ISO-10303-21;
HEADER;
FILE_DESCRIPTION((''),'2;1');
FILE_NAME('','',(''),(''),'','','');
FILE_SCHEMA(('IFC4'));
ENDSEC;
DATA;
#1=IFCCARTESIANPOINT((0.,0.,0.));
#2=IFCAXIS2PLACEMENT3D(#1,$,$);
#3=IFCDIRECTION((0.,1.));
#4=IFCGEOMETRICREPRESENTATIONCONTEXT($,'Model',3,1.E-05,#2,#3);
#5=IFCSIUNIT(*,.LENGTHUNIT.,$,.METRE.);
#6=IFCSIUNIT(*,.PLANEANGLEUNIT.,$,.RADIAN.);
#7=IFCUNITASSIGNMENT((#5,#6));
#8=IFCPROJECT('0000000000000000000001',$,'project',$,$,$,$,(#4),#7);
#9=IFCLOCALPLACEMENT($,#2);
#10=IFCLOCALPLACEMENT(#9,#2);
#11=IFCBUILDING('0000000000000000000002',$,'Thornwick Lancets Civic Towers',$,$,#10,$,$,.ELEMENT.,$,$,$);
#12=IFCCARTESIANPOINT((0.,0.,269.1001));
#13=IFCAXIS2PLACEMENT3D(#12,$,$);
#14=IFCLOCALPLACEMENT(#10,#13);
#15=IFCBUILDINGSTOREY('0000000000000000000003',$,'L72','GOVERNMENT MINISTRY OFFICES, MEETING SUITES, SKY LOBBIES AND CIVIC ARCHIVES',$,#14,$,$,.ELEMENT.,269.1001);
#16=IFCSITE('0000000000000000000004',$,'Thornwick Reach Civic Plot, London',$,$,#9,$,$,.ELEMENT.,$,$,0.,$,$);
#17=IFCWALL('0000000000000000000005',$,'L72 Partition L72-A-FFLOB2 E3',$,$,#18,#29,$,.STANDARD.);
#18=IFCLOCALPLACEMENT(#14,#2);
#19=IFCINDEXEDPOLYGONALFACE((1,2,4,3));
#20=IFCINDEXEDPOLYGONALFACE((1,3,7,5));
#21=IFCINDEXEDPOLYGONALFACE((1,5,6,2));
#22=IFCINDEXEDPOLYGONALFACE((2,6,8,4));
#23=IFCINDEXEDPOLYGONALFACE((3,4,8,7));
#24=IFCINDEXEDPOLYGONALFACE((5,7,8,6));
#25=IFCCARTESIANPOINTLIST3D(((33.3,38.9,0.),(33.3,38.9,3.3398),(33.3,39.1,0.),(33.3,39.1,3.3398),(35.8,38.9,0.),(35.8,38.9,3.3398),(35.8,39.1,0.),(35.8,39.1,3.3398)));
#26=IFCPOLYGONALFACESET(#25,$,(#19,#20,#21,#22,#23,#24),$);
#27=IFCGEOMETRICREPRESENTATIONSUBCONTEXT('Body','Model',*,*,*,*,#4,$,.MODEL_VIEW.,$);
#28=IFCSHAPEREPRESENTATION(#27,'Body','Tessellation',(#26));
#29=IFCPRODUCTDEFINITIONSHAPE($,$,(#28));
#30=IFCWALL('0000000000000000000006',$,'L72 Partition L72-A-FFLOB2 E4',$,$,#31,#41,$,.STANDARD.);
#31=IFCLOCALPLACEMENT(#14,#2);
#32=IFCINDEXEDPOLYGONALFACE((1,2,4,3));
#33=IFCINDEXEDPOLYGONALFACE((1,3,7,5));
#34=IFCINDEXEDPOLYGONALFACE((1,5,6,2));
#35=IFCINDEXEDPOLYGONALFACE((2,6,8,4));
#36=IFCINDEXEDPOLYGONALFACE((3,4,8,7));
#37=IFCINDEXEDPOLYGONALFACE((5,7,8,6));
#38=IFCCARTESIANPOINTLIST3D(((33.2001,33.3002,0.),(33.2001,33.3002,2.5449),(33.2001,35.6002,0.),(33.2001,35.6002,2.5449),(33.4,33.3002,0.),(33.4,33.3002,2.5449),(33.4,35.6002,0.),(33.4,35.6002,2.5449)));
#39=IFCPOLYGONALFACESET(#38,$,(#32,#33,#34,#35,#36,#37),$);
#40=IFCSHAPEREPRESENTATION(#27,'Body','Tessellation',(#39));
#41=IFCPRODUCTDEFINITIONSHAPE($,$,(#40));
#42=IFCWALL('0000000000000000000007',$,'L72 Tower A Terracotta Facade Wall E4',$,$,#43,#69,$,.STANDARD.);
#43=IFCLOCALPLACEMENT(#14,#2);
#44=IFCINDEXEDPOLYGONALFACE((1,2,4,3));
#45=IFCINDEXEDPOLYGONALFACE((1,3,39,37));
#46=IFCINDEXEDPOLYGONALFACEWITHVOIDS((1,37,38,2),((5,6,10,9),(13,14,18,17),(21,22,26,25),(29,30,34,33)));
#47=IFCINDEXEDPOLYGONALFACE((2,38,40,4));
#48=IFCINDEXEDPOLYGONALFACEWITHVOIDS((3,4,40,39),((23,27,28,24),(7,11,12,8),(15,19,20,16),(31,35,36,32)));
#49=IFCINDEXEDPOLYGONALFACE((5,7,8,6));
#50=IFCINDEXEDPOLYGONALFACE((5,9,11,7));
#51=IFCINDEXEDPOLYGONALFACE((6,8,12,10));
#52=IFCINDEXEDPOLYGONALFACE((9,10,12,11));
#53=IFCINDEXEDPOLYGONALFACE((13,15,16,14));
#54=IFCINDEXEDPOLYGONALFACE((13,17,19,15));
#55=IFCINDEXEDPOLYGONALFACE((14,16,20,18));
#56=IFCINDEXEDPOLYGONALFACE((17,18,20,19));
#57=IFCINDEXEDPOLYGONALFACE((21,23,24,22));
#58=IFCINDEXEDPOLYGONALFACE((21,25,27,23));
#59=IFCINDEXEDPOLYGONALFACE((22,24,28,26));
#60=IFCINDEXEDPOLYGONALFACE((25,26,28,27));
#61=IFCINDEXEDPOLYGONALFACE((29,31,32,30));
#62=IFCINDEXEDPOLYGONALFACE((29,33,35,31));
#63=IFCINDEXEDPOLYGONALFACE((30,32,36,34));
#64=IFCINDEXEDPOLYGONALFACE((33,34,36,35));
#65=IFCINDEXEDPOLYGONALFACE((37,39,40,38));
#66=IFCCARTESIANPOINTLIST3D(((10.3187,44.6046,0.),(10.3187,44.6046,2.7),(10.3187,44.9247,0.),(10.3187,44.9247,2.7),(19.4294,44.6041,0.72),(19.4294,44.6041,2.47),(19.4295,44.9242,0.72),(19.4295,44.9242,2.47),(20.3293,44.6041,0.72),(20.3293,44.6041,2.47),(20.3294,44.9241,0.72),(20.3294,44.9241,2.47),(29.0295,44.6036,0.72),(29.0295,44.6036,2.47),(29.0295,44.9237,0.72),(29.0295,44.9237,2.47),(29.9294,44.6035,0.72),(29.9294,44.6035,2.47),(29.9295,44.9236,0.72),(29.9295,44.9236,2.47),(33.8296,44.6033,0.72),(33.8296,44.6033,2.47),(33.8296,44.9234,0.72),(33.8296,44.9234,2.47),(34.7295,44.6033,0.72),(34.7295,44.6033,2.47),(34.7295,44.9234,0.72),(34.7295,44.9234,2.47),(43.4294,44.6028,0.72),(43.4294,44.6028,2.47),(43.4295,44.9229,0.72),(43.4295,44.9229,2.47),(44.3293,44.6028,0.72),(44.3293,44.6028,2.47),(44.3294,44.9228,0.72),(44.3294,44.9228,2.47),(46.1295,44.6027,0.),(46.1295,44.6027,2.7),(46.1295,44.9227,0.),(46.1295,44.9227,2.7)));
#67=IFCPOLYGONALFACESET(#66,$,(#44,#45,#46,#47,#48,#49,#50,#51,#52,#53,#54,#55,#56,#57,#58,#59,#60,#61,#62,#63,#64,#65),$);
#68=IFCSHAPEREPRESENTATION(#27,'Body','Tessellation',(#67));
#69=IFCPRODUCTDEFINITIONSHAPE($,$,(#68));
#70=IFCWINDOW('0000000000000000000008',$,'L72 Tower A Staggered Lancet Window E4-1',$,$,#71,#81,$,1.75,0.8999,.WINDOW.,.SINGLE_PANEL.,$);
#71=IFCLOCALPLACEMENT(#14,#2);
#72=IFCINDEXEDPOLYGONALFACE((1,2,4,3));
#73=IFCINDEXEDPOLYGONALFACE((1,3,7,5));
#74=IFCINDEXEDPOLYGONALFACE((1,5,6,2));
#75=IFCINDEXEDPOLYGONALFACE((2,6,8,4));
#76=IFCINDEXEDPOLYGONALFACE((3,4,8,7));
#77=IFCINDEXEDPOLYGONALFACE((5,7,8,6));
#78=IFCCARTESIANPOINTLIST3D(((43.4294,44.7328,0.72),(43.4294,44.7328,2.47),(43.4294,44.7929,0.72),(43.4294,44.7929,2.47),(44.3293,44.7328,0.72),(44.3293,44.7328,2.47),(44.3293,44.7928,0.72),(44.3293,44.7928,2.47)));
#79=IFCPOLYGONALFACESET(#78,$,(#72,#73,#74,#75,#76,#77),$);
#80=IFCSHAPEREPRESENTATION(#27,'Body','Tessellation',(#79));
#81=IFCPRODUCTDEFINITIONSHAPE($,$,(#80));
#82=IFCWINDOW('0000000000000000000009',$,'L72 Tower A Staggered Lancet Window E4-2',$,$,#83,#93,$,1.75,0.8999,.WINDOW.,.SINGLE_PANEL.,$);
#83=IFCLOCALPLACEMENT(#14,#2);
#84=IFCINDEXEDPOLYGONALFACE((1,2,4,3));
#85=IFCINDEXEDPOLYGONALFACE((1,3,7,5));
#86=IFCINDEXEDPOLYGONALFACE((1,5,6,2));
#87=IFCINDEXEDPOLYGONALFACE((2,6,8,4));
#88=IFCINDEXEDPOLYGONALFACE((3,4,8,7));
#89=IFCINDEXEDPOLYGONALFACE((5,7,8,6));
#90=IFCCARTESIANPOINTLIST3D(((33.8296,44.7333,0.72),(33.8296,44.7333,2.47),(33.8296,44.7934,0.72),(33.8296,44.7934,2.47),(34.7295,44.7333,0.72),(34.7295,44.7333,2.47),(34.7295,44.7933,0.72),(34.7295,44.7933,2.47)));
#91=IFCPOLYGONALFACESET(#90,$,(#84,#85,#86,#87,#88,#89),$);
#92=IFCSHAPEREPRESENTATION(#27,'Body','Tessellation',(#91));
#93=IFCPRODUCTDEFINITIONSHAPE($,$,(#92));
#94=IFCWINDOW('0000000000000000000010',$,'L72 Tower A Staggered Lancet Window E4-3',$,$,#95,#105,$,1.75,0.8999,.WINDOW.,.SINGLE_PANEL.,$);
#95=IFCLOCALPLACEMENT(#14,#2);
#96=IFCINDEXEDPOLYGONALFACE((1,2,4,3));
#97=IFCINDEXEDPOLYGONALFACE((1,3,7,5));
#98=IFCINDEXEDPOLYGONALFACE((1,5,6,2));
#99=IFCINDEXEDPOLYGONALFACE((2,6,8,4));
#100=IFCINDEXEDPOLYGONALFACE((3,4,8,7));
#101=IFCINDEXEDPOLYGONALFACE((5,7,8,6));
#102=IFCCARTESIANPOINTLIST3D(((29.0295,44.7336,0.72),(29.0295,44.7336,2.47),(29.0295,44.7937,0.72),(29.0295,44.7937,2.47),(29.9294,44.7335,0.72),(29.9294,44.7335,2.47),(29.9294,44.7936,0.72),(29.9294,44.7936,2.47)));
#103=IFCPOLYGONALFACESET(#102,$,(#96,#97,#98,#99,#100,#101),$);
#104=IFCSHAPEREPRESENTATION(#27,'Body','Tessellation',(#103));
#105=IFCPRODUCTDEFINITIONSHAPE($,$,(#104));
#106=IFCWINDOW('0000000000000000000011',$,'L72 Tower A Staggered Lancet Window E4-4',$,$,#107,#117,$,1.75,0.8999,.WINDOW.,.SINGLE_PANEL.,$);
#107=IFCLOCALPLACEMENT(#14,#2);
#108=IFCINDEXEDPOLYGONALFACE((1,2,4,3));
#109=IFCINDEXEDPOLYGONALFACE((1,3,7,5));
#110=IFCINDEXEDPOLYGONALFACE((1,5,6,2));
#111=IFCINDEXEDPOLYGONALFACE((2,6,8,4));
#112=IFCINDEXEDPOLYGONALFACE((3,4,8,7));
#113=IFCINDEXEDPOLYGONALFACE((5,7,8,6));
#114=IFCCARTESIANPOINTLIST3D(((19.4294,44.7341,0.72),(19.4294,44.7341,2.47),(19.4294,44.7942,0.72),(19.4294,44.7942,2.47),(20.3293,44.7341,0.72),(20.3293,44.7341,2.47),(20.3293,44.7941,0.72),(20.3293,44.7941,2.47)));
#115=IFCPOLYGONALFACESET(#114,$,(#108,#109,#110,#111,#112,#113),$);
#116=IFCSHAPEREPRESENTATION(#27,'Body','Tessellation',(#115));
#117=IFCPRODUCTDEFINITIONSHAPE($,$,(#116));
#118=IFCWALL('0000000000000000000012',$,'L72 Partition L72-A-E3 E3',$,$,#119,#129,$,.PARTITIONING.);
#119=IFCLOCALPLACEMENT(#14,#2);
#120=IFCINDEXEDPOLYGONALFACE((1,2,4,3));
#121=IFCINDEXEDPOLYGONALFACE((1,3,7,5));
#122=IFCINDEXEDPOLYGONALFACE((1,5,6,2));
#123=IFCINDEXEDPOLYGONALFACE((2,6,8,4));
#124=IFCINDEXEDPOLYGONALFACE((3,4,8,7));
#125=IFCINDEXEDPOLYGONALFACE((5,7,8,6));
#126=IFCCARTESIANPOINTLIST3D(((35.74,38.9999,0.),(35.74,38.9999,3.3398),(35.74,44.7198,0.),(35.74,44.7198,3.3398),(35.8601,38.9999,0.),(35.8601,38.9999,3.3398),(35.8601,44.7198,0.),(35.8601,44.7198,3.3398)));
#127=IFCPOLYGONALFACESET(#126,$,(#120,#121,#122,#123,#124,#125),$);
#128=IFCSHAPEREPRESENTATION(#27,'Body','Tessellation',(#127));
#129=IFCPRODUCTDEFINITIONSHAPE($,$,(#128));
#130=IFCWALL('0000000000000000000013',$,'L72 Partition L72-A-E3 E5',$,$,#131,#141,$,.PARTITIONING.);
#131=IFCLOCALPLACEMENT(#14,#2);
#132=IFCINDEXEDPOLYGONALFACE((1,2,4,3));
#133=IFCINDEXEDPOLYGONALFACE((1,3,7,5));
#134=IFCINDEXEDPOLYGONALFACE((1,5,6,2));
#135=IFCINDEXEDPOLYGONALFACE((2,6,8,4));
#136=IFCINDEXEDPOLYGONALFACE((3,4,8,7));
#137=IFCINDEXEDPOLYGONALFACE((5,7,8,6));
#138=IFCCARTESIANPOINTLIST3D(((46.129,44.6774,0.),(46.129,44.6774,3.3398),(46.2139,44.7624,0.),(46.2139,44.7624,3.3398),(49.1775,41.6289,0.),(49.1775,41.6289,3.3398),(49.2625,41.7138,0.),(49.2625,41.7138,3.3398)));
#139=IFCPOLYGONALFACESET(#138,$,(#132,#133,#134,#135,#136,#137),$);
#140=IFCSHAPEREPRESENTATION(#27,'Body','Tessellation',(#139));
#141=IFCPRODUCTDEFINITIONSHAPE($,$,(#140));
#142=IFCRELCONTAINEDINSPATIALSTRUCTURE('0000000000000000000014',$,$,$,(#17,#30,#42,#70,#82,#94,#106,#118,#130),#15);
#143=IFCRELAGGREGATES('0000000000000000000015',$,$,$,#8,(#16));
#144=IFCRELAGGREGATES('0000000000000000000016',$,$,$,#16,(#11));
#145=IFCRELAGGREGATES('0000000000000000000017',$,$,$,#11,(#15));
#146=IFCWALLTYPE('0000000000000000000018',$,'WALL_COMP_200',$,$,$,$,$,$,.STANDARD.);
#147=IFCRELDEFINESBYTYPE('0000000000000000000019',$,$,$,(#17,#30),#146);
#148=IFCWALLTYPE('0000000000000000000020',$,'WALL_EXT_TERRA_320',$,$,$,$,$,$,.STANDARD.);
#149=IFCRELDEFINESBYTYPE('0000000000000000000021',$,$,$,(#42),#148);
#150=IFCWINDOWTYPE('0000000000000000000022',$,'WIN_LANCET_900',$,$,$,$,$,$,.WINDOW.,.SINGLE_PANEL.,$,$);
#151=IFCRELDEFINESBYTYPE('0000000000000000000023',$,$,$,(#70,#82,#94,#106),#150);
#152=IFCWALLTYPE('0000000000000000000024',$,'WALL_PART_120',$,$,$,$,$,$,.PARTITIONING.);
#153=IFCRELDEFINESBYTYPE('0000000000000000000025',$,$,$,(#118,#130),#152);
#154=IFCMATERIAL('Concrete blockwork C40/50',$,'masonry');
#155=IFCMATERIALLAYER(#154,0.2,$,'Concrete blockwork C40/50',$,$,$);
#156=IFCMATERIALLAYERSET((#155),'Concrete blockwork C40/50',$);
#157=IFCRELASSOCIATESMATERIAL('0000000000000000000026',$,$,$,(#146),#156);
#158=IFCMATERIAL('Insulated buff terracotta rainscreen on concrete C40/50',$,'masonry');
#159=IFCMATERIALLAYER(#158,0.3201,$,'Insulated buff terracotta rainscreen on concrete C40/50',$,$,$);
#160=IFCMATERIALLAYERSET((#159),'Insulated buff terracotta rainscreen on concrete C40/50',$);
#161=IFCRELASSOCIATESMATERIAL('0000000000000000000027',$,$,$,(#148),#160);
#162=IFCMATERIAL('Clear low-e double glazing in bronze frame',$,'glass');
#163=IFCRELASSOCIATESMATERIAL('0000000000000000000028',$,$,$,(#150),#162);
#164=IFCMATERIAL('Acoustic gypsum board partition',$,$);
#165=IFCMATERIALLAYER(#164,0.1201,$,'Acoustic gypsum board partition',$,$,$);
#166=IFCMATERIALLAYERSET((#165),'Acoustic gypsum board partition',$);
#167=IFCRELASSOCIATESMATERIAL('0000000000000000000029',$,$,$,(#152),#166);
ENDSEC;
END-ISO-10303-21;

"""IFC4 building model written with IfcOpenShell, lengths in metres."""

from ifc_helpers import new_model, si_unit, direction, frame, frame_2d, origin, place, context, subcontext, project, spatial, rectangle, extrude, material, layer, layer_set, type_object, element, fill, save


model = new_model("IFC4")

# Units and contexts
model_context = context("Model", 3, precision=1e-05, world=origin(), true_north=direction((0.0, 1.0)))
body_context = subcontext(model_context, "Body", "Model", "MODEL_VIEW")
ifc_project = project(units=[si_unit("LENGTHUNIT", "METRE"), si_unit("PLANEANGLEUNIT", "RADIAN")], contexts=[model_context])

# Site, building, storey
site_placement = place(None, origin())
site = spatial("IfcSite", under=ifc_project, at=site_placement, Name="Thornwick Reach Civic Plot, London", CompositionType="ELEMENT", RefElevation=0.0)
building_placement = place(site_placement, origin())
building = spatial("IfcBuilding", under=site, at=building_placement, Name="Thornwick Lancets Civic Towers", CompositionType="ELEMENT")
storey_placement = place(building_placement, frame((0.0, 0.0, 269.1001)))
storey = spatial("IfcBuildingStorey", under=building, at=storey_placement, Name="L72", Description="GOVERNMENT MINISTRY OFFICES, MEETING SUITES, SKY LOBBIES AND CIVIC ARCHIVES", CompositionType="ELEMENT", Elevation=269.1001)

# Walls
ifc_material_1 = material(Name="Concrete blockwork C40/50", Category="masonry")
ifc_layer_1 = layer(ifc_material_1, 0.2, Name="Concrete blockwork C40/50")
ifc_layer_set_1 = layer_set([ifc_layer_1], Name="Concrete blockwork C40/50")
wall_type_1 = type_object("IfcWallType", Name="WALL_COMP_200", PredefinedType="STANDARD", material=ifc_layer_set_1)
wall_1_placement = place(storey_placement, frame((35.8, 39.0, 0.0), z_axis=(0.0, 0.0, 1.0), x_axis=(-1.0, 0.0, 0.0)))
element("IfcWall", 1, at=wall_1_placement, inside=storey, type_object=wall_type_1, Name="L72 Partition L72-A-FFLOB2 E3", PredefinedType="STANDARD", context=body_context, shape_type="SweptSolid", body=[
    extrude(rectangle(XDim=2.5, YDim=0.2, at=frame_2d((1.25, 0.0))), origin(), (0.0, 0.0, 1.0), 3.3398),
])
wall_2_placement = place(storey_placement, frame((33.3, 35.6001, 0.0), z_axis=(0.0, 0.0, 1.0), x_axis=(0.0, -1.0, 0.0)))
element("IfcWall", 2, at=wall_2_placement, inside=storey, type_object=wall_type_1, Name="L72 Partition L72-A-FFLOB2 E4", PredefinedType="STANDARD", context=body_context, shape_type="SweptSolid", body=[
    extrude(rectangle(XDim=2.3, YDim=0.2, at=frame_2d((1.1499, 0.0))), origin(), (0.0, 0.0, 1.0), 2.5449),
])

# Wall, openings, windows
ifc_material_2 = material(Name="Insulated buff terracotta rainscreen on concrete C40/50", Category="masonry")
ifc_layer_2 = layer(ifc_material_2, 0.3201, Name="Insulated buff terracotta rainscreen on concrete C40/50")
ifc_layer_set_2 = layer_set([ifc_layer_2], Name="Insulated buff terracotta rainscreen on concrete C40/50")
wall_type_2 = type_object("IfcWallType", Name="WALL_EXT_TERRA_320", PredefinedType="STANDARD", material=ifc_layer_set_2)
wall_3_placement = place(storey_placement, frame((46.1294, 44.7627, 0.0), z_axis=(0.0, 0.0, 1.0), x_axis=(-1.0, 0.000055, 0.0)))
wall_3 = element("IfcWall", 3, at=wall_3_placement, inside=storey, type_object=wall_type_2, Name="L72 Tower A Terracotta Facade Wall E4", PredefinedType="STANDARD", context=body_context, shape_type="SweptSolid", body=[
    extrude(rectangle(XDim=35.8108, YDim=0.3201, at=frame_2d((17.9053, 0.0))), origin(), (0.0, 0.0, 1.0), 2.7),
])
opening_1_placement = place(wall_3_placement, frame((1.8, 0.0, 0.72)))
opening_1 = element("IfcOpeningElement", 4, at=opening_1_placement, cuts=wall_3, PredefinedType="OPENING", context=body_context, shape_type="SweptSolid", body=[
    extrude(rectangle(XDim=0.8999, YDim=1.75, at=frame_2d((0.45, 0.875))), frame((0.0, 0.1699, 0.0), z_axis=(0.0, -1.0, 0.0), x_axis=(1.0, 0.0, 0.0)), (0.0, 0.0, 1.0), 0.3401),
])
opening_2_placement = place(wall_3_placement, frame((11.3999, 0.0, 0.72)))
opening_2 = element("IfcOpeningElement", 5, at=opening_2_placement, cuts=wall_3, PredefinedType="OPENING", context=body_context, shape_type="SweptSolid", body=[
    extrude(rectangle(XDim=0.8999, YDim=1.75, at=frame_2d((0.45, 0.875))), frame((0.0, 0.1699, 0.0), z_axis=(0.0, -1.0, 0.0), x_axis=(1.0, 0.0, 0.0)), (0.0, 0.0, 1.0), 0.3401),
])
opening_3_placement = place(wall_3_placement, frame((16.2, 0.0, 0.72)))
opening_3 = element("IfcOpeningElement", 6, at=opening_3_placement, cuts=wall_3, PredefinedType="OPENING", context=body_context, shape_type="SweptSolid", body=[
    extrude(rectangle(XDim=0.8999, YDim=1.75, at=frame_2d((0.45, 0.875))), frame((0.0, 0.1699, 0.0), z_axis=(0.0, -1.0, 0.0), x_axis=(1.0, 0.0, 0.0)), (0.0, 0.0, 1.0), 0.3401),
])
opening_4_placement = place(wall_3_placement, frame((25.8, 0.0, 0.72)))
opening_4 = element("IfcOpeningElement", 7, at=opening_4_placement, cuts=wall_3, PredefinedType="OPENING", context=body_context, shape_type="SweptSolid", body=[
    extrude(rectangle(XDim=0.8999, YDim=1.75, at=frame_2d((0.45, 0.875))), frame((0.0, 0.1699, 0.0), z_axis=(0.0, -1.0, 0.0), x_axis=(1.0, 0.0, 0.0)), (0.0, 0.0, 1.0), 0.3401),
])
ifc_material_3 = material(Name="Clear low-e double glazing in bronze frame", Category="glass")
window_type = type_object("IfcWindowType", Name="WIN_LANCET_900", PartitioningType="SINGLE_PANEL", PredefinedType="WINDOW", material=ifc_material_3)
window_1_placement = place(opening_1_placement, origin())
window_1 = element("IfcWindow", 8, at=window_1_placement, inside=storey, type_object=window_type, Name="L72 Tower A Staggered Lancet Window E4-1", OverallHeight=1.75, OverallWidth=0.8999, PartitioningType="SINGLE_PANEL", PredefinedType="WINDOW", context=body_context, shape_type="SweptSolid", body=[
    extrude(rectangle(XDim=0.8999, YDim=1.75, at=frame_2d((0.45, 0.875))), frame((0.0, 0.03, 0.0), z_axis=(0.0, -1.0, 0.0), x_axis=(1.0, 0.0, 0.0)), (0.0, 0.0, 1.0), 0.0601),
])
fill(opening_1, window_1)
window_2_placement = place(opening_2_placement, origin())
window_2 = element("IfcWindow", 9, at=window_2_placement, inside=storey, type_object=window_type, Name="L72 Tower A Staggered Lancet Window E4-2", OverallHeight=1.75, OverallWidth=0.8999, PartitioningType="SINGLE_PANEL", PredefinedType="WINDOW", context=body_context, shape_type="SweptSolid", body=[
    extrude(rectangle(XDim=0.8999, YDim=1.75, at=frame_2d((0.45, 0.875))), frame((0.0, 0.03, 0.0), z_axis=(0.0, -1.0, 0.0), x_axis=(1.0, 0.0, 0.0)), (0.0, 0.0, 1.0), 0.0601),
])
fill(opening_2, window_2)
window_3_placement = place(opening_3_placement, origin())
window_3 = element("IfcWindow", 10, at=window_3_placement, inside=storey, type_object=window_type, Name="L72 Tower A Staggered Lancet Window E4-3", OverallHeight=1.75, OverallWidth=0.8999, PartitioningType="SINGLE_PANEL", PredefinedType="WINDOW", context=body_context, shape_type="SweptSolid", body=[
    extrude(rectangle(XDim=0.8999, YDim=1.75, at=frame_2d((0.45, 0.875))), frame((0.0, 0.03, 0.0), z_axis=(0.0, -1.0, 0.0), x_axis=(1.0, 0.0, 0.0)), (0.0, 0.0, 1.0), 0.0601),
])
fill(opening_3, window_3)
window_4_placement = place(opening_4_placement, origin())
window_4 = element("IfcWindow", 11, at=window_4_placement, inside=storey, type_object=window_type, Name="L72 Tower A Staggered Lancet Window E4-4", OverallHeight=1.75, OverallWidth=0.8999, PartitioningType="SINGLE_PANEL", PredefinedType="WINDOW", context=body_context, shape_type="SweptSolid", body=[
    extrude(rectangle(XDim=0.8999, YDim=1.75, at=frame_2d((0.45, 0.875))), frame((0.0, 0.03, 0.0), z_axis=(0.0, -1.0, 0.0), x_axis=(1.0, 0.0, 0.0)), (0.0, 0.0, 1.0), 0.0601),
])
fill(opening_4, window_4)

# Walls
ifc_material_4 = material(Name="Acoustic gypsum board partition")
ifc_layer_3 = layer(ifc_material_4, 0.1201, Name="Acoustic gypsum board partition")
ifc_layer_set_3 = layer_set([ifc_layer_3], Name="Acoustic gypsum board partition")
wall_type_3 = type_object("IfcWallType", Name="WALL_PART_120", PredefinedType="PARTITIONING", material=ifc_layer_set_3)
wall_4_placement = place(storey_placement, frame((35.8, 39.0, 0.0), z_axis=(0.0, 0.0, 1.0), x_axis=(0.0, 1.0, 0.0)))
element("IfcWall", 12, at=wall_4_placement, inside=storey, type_object=wall_type_3, Name="L72 Partition L72-A-E3 E3", PredefinedType="PARTITIONING", context=body_context, shape_type="SweptSolid", body=[
    extrude(rectangle(XDim=5.72, YDim=0.1201, at=frame_2d((2.8599, 0.0))), origin(), (0.0, 0.0, 1.0), 3.3398),
])
wall_5_placement = place(storey_placement, frame((46.1714, 44.72, 0.0), z_axis=(0.0, 0.0, 1.0), x_axis=(0.707107, -0.707107, 0.0)))
element("IfcWall", 13, at=wall_5_placement, inside=storey, type_object=wall_type_3, Name="L72 Partition L72-A-E3 E5", PredefinedType="PARTITIONING", context=body_context, shape_type="SweptSolid", body=[
    extrude(rectangle(XDim=4.3113, YDim=0.1201, at=frame_2d((2.1558, 0.0))), origin(), (0.0, 0.0, 1.0), 3.3398),
])

save(model, "model.ifc")
